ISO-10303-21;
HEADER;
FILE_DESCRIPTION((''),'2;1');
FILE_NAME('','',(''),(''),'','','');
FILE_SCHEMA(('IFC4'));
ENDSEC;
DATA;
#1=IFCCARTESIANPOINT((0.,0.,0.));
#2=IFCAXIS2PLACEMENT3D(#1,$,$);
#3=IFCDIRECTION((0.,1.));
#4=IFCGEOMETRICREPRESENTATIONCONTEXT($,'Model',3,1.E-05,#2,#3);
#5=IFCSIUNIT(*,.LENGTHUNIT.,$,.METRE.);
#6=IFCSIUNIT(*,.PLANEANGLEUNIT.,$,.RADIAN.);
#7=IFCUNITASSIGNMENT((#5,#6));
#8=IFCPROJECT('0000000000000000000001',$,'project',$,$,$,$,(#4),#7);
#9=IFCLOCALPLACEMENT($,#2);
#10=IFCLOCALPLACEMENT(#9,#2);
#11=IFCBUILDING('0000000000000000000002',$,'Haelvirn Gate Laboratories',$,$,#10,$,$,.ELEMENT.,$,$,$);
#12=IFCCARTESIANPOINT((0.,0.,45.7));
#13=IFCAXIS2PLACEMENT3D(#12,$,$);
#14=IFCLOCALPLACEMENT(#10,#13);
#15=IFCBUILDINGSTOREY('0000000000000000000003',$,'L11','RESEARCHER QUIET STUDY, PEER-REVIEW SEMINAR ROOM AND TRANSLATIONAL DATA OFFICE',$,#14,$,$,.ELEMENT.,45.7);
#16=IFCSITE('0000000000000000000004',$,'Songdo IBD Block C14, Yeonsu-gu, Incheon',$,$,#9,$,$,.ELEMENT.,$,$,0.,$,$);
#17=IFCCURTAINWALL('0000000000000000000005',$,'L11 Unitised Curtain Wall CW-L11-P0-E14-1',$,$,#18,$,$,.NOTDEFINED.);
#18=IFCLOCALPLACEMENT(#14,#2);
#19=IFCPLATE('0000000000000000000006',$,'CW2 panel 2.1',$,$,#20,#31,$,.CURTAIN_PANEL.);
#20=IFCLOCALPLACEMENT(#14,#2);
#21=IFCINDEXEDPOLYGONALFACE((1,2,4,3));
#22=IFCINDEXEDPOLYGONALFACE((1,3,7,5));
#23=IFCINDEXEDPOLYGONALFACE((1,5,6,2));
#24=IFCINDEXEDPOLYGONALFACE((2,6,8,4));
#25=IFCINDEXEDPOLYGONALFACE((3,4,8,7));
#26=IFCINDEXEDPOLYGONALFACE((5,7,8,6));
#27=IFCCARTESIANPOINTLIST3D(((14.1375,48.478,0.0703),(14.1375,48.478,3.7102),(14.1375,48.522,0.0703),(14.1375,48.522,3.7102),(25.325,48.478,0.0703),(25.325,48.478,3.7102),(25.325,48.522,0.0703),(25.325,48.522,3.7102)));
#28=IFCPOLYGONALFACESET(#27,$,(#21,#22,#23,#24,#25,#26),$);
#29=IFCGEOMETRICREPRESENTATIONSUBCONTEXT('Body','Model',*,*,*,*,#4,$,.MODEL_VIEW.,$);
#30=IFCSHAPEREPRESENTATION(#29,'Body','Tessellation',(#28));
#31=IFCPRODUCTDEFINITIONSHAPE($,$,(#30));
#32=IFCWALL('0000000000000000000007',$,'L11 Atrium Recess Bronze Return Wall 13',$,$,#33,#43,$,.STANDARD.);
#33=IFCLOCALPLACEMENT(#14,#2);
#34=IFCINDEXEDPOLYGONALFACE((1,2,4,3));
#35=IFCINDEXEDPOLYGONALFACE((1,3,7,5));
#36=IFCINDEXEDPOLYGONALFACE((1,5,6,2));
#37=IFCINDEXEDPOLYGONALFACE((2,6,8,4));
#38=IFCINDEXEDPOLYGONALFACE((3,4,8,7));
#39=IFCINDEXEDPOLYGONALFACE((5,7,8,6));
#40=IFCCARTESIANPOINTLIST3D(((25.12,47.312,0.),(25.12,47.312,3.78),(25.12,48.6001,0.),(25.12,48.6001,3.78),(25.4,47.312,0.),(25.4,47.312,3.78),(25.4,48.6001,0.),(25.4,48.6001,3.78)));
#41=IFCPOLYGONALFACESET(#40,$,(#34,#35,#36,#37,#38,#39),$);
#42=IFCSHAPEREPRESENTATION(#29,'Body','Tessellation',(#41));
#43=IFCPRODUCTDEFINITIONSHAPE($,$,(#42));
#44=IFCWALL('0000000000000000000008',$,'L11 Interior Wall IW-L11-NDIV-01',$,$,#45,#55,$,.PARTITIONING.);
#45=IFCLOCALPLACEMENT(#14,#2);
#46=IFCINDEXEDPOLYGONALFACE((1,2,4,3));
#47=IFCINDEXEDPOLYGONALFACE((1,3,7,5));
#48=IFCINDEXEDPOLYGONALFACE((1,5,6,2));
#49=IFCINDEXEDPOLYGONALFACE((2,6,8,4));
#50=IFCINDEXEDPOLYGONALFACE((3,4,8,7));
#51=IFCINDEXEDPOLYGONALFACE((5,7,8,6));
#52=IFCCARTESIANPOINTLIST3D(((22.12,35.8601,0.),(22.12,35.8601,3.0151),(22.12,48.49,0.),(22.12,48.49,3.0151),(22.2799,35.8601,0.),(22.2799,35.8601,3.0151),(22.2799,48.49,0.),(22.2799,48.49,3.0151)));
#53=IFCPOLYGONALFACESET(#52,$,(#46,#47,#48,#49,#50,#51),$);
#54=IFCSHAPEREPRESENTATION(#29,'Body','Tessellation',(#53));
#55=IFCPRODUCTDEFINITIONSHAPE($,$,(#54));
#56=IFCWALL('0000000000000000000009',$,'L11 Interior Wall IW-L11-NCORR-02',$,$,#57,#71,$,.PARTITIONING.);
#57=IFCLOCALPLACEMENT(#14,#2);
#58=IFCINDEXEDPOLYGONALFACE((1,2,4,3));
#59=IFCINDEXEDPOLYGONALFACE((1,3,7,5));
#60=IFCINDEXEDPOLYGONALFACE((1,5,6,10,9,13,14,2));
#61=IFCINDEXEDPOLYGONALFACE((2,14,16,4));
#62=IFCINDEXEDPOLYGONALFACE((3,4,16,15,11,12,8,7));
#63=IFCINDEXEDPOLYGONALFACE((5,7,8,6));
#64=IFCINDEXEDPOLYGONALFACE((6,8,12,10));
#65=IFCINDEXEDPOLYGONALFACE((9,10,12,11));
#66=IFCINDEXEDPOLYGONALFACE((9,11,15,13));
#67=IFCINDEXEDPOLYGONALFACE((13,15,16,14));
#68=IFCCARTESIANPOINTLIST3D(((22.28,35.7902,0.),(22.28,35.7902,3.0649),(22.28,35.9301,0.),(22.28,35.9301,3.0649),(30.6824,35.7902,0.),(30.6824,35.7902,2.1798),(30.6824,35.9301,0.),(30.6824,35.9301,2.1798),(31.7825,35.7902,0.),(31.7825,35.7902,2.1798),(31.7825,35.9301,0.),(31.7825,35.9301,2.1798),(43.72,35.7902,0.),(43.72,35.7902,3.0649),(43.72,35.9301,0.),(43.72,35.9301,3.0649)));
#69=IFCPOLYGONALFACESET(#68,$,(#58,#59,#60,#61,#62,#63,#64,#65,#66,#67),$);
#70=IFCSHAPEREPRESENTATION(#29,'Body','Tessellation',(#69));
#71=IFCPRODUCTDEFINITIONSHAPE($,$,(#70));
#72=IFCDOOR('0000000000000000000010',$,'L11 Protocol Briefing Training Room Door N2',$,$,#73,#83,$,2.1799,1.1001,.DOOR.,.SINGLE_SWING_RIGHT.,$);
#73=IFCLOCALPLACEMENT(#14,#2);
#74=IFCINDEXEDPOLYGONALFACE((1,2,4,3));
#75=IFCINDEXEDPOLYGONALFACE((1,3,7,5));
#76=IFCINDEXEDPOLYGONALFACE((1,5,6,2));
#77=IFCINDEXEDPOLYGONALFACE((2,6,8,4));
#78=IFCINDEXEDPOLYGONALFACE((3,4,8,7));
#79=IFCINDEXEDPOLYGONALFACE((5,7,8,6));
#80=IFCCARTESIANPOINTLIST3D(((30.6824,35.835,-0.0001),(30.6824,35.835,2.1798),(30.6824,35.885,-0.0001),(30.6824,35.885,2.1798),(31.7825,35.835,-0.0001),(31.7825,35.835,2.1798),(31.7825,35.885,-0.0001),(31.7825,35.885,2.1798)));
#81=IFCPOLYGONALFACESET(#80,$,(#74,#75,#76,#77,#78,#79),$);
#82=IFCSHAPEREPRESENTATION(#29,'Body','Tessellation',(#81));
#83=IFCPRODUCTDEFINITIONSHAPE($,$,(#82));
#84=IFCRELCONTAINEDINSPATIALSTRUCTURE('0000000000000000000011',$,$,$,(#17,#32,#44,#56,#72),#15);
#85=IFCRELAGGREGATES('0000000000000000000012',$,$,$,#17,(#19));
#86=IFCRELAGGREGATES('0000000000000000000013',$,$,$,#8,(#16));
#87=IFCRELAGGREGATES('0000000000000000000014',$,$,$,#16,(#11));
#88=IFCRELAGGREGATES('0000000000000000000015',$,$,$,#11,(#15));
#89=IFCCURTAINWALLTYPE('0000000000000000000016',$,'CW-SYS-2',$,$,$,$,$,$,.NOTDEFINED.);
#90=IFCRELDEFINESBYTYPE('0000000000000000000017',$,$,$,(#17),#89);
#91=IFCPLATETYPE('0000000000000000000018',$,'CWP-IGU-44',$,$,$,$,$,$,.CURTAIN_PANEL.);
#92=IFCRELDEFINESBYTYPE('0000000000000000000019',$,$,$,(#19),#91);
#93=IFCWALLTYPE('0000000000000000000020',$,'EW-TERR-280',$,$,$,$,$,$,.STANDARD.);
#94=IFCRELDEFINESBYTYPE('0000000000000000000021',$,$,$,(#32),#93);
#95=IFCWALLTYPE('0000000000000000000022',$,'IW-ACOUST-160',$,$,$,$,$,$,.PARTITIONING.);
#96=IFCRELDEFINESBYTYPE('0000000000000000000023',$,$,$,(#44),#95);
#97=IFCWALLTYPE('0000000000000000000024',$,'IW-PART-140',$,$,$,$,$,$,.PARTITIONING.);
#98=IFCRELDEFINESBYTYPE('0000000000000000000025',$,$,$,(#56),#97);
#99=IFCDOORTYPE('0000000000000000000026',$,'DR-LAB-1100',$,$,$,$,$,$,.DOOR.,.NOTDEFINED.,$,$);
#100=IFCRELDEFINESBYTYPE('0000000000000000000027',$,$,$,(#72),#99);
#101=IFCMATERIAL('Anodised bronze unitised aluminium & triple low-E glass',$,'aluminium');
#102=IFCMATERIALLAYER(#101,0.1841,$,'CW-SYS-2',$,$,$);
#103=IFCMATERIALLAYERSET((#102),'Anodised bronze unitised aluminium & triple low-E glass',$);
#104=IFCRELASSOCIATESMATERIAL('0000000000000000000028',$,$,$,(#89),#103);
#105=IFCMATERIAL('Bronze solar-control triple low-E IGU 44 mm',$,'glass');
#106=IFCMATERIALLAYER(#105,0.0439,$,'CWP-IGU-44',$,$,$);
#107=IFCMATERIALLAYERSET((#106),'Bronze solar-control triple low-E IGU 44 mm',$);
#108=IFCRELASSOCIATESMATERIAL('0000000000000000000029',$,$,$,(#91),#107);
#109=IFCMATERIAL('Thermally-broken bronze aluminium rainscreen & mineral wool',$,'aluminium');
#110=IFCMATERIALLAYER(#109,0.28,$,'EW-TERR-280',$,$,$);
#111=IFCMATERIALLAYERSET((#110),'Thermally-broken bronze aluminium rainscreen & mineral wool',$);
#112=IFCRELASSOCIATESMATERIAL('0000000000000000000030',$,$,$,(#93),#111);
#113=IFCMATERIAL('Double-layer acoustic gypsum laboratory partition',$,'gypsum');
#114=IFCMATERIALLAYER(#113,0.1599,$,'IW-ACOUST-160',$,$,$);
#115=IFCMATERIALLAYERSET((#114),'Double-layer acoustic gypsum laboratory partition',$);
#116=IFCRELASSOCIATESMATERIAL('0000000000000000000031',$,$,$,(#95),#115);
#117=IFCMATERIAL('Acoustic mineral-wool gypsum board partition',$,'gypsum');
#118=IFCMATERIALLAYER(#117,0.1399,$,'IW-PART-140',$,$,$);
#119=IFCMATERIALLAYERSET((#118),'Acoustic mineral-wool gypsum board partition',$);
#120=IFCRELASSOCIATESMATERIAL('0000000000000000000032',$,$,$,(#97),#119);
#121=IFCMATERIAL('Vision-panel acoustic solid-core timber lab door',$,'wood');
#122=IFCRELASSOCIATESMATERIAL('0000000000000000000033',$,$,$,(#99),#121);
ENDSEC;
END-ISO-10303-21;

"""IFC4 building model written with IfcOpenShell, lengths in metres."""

from ifc_helpers import new_model, si_unit, direction, frame, frame_2d, origin, origin_2d, place, context, subcontext, project, spatial, rectangle, extrude, source, transform, mapped, material, layer, layer_set, type_object, type_shapes, element, fill, aggregate, save


model = new_model("IFC4")

# Units and contexts
model_context = context("Model", 3, precision=1e-05, world=origin(), true_north=direction((0.0, 1.0)))
body_context = subcontext(model_context, "Body", "Model", "MODEL_VIEW")
ifc_project = project(units=[si_unit("LENGTHUNIT", "METRE"), si_unit("PLANEANGLEUNIT", "RADIAN")], contexts=[model_context])

# Site, building, storey
site_placement = place(None, origin())
site = spatial("IfcSite", under=ifc_project, at=site_placement, Name="Songdo IBD Block C14, Yeonsu-gu, Incheon", CompositionType="ELEMENT", RefElevation=0.0)
building_placement = place(site_placement, origin())
building = spatial("IfcBuilding", under=site, at=building_placement, Name="Haelvirn Gate Laboratories", CompositionType="ELEMENT")
storey_placement = place(building_placement, frame((0.0, 0.0, 45.7)))
storey = spatial("IfcBuildingStorey", under=building, at=storey_placement, Name="L11", Description="RESEARCHER QUIET STUDY, PEER-REVIEW SEMINAR ROOM AND TRANSLATIONAL DATA OFFICE", CompositionType="ELEMENT", Elevation=45.7)

# Shared definitions
ifc_material_1 = material(Name="Anodised bronze unitised aluminium & triple low-E glass", Category="aluminium")
ifc_layer_1 = layer(ifc_material_1, 0.1841, Name="CW-SYS-2")
ifc_layer_set_1 = layer_set([ifc_layer_1], Name="Anodised bronze unitised aluminium & triple low-E glass")
curtain_wall_type = type_object("IfcCurtainWallType", Name="CW-SYS-2", PredefinedType="NOTDEFINED", material=ifc_layer_set_1)

# Curtain wall
curtain_wall_1_placement = place(storey_placement, origin())
curtain_wall_1 = element("IfcCurtainWall", 1, at=curtain_wall_1_placement, inside=storey, type_object=curtain_wall_type, Name="L11 Unitised Curtain Wall CW-L11-P0-E14-1", PredefinedType="NOTDEFINED")

# Plate
ifc_material_2 = material(Name="Bronze solar-control triple low-E IGU 44 mm", Category="glass")
ifc_layer_2 = layer(ifc_material_2, 0.0439, Name="CWP-IGU-44")
ifc_layer_set_2 = layer_set([ifc_layer_2], Name="Bronze solar-control triple low-E IGU 44 mm")
plate_type = type_object("IfcPlateType", Name="CWP-IGU-44", PredefinedType="CURTAIN_PANEL", material=ifc_layer_set_2)
shared_shape_1 = source(origin(), body_context, "Body", "SweptSolid", [
    extrude(rectangle(XDim=11.1875, YDim=0.0439, at=origin_2d()), origin(), (0.0, 0.0, 1.0), 3.6399),
])
plate_1_placement = place(storey_placement, frame((19.7312, 48.5, 0.0703), z_axis=(0.0, 0.0, 1.0), x_axis=(1.0, 0.0, 0.0)))
plate_1 = element("IfcPlate", 2, at=plate_1_placement, type_object=plate_type, Name="CW2 panel 2.1", PredefinedType="CURTAIN_PANEL", context=body_context, shape_type="MappedRepresentation", body=[
    mapped(shared_shape_1, transform((0.0, 0.0, 0.0), scale=1.0)),
])
aggregate(curtain_wall_1, [plate_1])

# Walls
ifc_material_3 = material(Name="Thermally-broken bronze aluminium rainscreen & mineral wool", Category="aluminium")
ifc_layer_3 = layer(ifc_material_3, 0.28, Name="EW-TERR-280")
ifc_layer_set_3 = layer_set([ifc_layer_3], Name="Thermally-broken bronze aluminium rainscreen & mineral wool")
wall_type_1 = type_object("IfcWallType", Name="EW-TERR-280", PredefinedType="STANDARD", material=ifc_layer_set_3)
wall_1_placement = place(storey_placement, frame((25.26, 47.312, 0.0), z_axis=(0.0, 0.0, 1.0), x_axis=(0.0, 1.0, 0.0)))
element("IfcWall", 3, at=wall_1_placement, inside=storey, type_object=wall_type_1, Name="L11 Atrium Recess Bronze Return Wall 13", PredefinedType="STANDARD", context=body_context, shape_type="SweptSolid", body=[
    extrude(rectangle(XDim=1.2881, YDim=0.28, at=frame_2d((0.644, 0.0))), origin(), (0.0, 0.0, 1.0), 3.78),
])
ifc_material_4 = material(Name="Double-layer acoustic gypsum laboratory partition", Category="gypsum")
ifc_layer_4 = layer(ifc_material_4, 0.1599, Name="IW-ACOUST-160")
ifc_layer_set_4 = layer_set([ifc_layer_4], Name="Double-layer acoustic gypsum laboratory partition")
wall_type_2 = type_object("IfcWallType", Name="IW-ACOUST-160", PredefinedType="PARTITIONING", material=ifc_layer_set_4)
wall_2_placement = place(storey_placement, frame((22.2, 35.8601, 0.0), z_axis=(0.0, 0.0, 1.0), x_axis=(0.0, 1.0, 0.0)))
element("IfcWall", 4, at=wall_2_placement, inside=storey, type_object=wall_type_2, Name="L11 Interior Wall IW-L11-NDIV-01", PredefinedType="PARTITIONING", context=body_context, shape_type="SweptSolid", body=[
    extrude(rectangle(XDim=12.6299, YDim=0.1599, at=frame_2d((6.3149, 0.0))), origin(), (0.0, 0.0, 1.0), 3.0151),
])

# Wall, opening, door
ifc_material_5 = material(Name="Acoustic mineral-wool gypsum board partition", Category="gypsum")
ifc_layer_5 = layer(ifc_material_5, 0.1399, Name="IW-PART-140")
ifc_layer_set_5 = layer_set([ifc_layer_5], Name="Acoustic mineral-wool gypsum board partition")
wall_type_3 = type_object("IfcWallType", Name="IW-PART-140", PredefinedType="PARTITIONING", material=ifc_layer_set_5)
wall_3_placement = place(storey_placement, frame((22.28, 35.8601, 0.0), z_axis=(0.0, 0.0, 1.0), x_axis=(1.0, 0.0, 0.0)))
wall_3 = element("IfcWall", 5, at=wall_3_placement, inside=storey, type_object=wall_type_3, Name="L11 Interior Wall IW-L11-NCORR-02", PredefinedType="PARTITIONING", context=body_context, shape_type="SweptSolid", body=[
    extrude(rectangle(XDim=21.4399, YDim=0.1399, at=frame_2d((10.72, 0.0))), origin(), (0.0, 0.0, 1.0), 3.0649),
])
opening_placement = place(wall_3_placement, frame((8.4023, 0.0, 0.0)))
opening = element("IfcOpeningElement", 6, at=opening_placement, cuts=wall_3, PredefinedType="OPENING", context=body_context, shape_type="SweptSolid", body=[
    extrude(rectangle(XDim=1.1001, YDim=2.1799, at=frame_2d((0.55, 1.0898))), frame((0.0, 0.0801, 0.0), z_axis=(0.0, -1.0, 0.0), x_axis=(1.0, 0.0, 0.0)), (0.0, 0.0, 1.0), 0.1599),
])
ifc_material_6 = material(Name="Vision-panel acoustic solid-core timber lab door", Category="wood")
door_type = type_object("IfcDoorType", Name="DR-LAB-1100", OperationType="NOTDEFINED", PredefinedType="DOOR", material=ifc_material_6)
shared_shape_2 = source(origin(), body_context, "Body", "SweptSolid", [
    extrude(rectangle(XDim=1.1001, YDim=2.1799, at=frame_2d((0.55, 1.0898))), frame((0.0, 0.0249, 0.0), z_axis=(0.0, -1.0, 0.0), x_axis=(1.0, 0.0, 0.0)), (0.0, 0.0, 1.0), 0.05),
])
type_shapes(door_type, [shared_shape_2])
door_placement = place(opening_placement, origin())
door = element("IfcDoor", 7, at=door_placement, inside=storey, type_object=door_type, Name="L11 Protocol Briefing Training Room Door N2", OperationType="SINGLE_SWING_RIGHT", OverallHeight=2.1799, OverallWidth=1.1001, PredefinedType="DOOR", context=body_context, shape_type="MappedRepresentation", body=[
    mapped(shared_shape_2, transform((0.0, 0.0, 0.0), scale=1.0)),
])
fill(opening, door)

save(model, "model.ifc")
